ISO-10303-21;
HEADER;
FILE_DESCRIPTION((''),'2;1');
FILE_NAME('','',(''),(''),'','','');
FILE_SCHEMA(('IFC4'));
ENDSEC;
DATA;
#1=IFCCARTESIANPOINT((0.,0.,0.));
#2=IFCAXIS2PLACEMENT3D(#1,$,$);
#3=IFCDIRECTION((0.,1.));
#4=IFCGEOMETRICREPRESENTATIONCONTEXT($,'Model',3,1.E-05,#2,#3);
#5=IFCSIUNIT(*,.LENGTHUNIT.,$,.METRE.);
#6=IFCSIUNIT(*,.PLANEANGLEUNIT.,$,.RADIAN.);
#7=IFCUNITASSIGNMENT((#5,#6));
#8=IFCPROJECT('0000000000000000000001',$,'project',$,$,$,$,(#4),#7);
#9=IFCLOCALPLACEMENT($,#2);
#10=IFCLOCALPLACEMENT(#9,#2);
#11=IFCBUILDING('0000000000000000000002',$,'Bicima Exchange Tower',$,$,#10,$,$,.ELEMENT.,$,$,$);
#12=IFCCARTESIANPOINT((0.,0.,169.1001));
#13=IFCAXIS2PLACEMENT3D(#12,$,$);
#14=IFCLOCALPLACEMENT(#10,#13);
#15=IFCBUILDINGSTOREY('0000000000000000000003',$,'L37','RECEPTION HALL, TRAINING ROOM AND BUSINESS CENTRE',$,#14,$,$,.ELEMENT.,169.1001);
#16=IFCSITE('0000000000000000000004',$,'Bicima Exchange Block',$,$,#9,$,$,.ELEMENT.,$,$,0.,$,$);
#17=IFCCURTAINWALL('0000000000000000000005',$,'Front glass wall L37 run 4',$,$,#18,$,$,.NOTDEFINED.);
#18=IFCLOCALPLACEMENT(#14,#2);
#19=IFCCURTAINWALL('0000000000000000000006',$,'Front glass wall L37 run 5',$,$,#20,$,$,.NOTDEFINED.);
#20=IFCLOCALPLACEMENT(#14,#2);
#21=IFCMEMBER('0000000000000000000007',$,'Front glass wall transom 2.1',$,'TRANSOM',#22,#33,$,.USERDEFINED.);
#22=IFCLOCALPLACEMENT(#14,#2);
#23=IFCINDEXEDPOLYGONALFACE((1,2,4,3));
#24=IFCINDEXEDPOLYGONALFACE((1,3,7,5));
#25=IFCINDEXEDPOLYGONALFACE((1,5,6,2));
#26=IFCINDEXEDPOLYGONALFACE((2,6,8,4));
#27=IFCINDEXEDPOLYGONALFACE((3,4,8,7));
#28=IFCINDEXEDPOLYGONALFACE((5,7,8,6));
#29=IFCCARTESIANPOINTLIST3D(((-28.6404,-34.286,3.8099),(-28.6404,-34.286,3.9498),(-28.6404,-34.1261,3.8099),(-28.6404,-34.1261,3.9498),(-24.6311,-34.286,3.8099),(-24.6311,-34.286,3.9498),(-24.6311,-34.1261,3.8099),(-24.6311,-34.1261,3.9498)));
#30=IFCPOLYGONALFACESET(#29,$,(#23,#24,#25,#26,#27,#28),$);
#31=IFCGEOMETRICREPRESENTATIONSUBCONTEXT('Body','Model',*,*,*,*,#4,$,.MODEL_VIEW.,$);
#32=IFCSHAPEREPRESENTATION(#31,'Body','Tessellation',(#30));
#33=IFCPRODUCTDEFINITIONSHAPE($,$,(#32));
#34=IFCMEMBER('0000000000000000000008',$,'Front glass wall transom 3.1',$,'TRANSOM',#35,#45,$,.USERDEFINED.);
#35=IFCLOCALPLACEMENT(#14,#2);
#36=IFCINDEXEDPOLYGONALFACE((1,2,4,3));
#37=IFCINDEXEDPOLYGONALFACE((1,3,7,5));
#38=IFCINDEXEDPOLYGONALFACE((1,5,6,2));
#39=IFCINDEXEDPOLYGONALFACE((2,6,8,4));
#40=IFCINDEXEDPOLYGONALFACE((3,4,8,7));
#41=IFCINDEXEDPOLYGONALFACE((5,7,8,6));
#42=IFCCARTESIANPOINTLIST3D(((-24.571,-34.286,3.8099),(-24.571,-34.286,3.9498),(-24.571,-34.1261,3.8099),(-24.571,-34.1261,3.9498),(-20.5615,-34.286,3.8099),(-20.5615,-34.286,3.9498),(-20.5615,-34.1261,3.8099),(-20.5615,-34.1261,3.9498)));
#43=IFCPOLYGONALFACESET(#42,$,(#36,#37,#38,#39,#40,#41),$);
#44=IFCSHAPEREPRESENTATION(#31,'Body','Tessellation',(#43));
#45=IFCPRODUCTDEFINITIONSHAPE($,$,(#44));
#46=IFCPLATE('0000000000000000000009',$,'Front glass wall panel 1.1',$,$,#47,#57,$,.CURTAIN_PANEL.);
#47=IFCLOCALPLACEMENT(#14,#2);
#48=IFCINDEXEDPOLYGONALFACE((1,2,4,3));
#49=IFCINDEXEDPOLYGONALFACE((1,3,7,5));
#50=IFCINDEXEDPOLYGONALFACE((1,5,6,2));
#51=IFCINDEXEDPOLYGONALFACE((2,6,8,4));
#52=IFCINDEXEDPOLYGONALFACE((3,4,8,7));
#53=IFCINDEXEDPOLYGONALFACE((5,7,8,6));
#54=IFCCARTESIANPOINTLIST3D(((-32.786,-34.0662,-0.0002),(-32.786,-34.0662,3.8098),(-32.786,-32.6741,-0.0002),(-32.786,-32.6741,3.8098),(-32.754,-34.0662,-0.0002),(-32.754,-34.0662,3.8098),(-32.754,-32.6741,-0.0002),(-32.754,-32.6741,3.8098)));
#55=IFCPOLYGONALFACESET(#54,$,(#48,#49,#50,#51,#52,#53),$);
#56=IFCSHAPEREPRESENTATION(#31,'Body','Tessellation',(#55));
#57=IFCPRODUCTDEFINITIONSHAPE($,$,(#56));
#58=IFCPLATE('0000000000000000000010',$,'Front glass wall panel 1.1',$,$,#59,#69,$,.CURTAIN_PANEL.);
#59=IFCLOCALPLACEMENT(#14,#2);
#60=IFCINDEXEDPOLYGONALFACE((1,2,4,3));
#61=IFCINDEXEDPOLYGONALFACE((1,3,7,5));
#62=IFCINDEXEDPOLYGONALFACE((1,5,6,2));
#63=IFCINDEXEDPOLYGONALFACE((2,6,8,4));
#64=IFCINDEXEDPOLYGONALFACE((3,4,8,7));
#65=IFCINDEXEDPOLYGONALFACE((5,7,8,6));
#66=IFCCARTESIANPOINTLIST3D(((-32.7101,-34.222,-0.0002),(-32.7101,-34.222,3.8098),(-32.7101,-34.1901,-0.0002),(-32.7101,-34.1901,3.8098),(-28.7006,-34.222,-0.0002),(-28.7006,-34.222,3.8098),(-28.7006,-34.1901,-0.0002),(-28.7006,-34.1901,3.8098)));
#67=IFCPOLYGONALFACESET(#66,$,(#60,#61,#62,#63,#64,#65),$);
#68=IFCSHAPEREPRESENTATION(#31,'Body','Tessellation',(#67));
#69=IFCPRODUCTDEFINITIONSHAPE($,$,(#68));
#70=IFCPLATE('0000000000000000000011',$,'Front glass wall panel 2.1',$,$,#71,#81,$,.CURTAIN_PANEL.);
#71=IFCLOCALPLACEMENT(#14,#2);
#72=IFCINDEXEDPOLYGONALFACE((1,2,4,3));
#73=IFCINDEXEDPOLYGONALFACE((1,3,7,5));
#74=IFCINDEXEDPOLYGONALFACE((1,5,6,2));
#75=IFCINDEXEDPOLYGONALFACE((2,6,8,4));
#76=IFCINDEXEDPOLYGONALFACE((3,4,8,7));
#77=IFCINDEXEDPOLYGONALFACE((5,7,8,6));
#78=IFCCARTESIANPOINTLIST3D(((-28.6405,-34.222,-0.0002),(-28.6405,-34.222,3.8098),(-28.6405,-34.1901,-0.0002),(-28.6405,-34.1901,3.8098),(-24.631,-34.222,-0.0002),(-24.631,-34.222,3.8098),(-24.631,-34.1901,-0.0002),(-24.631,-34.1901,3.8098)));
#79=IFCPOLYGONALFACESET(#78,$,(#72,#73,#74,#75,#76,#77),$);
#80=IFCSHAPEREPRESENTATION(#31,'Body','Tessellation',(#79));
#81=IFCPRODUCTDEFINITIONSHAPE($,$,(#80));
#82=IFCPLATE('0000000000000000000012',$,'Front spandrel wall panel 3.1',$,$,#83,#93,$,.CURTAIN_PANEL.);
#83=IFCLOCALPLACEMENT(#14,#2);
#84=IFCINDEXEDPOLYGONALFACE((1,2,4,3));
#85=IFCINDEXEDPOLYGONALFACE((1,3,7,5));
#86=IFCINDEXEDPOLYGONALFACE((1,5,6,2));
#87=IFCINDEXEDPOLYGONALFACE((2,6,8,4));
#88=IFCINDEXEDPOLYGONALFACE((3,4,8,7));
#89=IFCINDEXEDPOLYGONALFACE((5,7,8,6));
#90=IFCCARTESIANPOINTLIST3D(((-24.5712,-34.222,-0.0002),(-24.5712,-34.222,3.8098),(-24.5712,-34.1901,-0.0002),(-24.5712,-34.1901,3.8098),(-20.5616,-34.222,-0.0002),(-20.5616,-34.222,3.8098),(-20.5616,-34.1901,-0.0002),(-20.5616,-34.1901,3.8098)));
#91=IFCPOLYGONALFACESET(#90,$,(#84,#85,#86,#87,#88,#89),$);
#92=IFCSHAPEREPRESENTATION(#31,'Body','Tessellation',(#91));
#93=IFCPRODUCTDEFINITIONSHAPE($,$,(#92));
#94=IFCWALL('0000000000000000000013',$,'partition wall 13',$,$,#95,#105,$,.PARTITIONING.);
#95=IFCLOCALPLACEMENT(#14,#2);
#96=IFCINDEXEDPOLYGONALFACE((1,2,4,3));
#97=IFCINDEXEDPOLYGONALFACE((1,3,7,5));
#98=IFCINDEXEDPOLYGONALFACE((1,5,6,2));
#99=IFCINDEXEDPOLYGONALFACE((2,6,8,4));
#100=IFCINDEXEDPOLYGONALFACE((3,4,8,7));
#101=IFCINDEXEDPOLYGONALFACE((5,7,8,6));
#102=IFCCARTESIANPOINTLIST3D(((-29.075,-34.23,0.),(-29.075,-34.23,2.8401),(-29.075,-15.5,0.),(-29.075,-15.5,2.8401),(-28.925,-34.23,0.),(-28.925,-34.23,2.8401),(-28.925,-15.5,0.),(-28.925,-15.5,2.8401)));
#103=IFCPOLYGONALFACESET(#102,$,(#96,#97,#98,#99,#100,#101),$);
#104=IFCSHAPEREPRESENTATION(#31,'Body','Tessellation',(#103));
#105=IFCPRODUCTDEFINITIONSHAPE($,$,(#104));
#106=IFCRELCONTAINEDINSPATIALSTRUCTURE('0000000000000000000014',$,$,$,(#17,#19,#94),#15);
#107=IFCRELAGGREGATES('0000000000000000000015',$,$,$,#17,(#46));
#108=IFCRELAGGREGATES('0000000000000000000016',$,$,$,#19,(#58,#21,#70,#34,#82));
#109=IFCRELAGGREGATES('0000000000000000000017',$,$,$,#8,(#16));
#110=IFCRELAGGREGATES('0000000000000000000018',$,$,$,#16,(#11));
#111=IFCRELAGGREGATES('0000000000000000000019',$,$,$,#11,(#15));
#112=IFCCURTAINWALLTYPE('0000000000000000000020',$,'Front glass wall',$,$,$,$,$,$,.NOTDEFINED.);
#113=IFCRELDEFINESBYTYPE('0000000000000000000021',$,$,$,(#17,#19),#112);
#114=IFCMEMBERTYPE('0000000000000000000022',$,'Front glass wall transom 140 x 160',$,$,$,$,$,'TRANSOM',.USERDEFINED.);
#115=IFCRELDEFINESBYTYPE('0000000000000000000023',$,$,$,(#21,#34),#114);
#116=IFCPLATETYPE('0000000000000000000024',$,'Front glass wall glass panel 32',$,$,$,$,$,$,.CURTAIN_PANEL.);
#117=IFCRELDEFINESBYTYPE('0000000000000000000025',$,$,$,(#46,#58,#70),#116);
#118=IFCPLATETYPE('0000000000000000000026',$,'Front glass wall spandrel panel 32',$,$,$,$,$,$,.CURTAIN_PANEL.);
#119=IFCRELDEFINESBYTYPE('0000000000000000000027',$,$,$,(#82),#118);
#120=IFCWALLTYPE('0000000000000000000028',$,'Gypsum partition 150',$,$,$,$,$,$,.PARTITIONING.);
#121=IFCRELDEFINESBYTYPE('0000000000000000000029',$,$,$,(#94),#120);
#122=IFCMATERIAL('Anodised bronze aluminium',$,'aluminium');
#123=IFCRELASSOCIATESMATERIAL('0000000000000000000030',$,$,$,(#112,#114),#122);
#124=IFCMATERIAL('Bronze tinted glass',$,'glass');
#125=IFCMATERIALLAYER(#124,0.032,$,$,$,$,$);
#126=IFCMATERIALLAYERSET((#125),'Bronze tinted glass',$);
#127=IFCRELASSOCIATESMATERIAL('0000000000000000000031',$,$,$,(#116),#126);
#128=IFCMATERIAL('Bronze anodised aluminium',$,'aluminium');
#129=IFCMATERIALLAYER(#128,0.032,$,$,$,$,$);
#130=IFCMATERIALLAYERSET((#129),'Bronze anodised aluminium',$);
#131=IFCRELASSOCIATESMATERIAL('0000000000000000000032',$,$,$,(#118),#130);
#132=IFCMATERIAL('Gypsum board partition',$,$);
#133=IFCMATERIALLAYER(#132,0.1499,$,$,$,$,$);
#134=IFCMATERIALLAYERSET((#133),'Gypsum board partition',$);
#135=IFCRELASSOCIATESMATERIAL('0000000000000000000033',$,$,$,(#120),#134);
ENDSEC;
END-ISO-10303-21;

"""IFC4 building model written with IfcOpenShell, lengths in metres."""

from ifc_helpers import new_model, si_unit, direction, frame, frame_2d, origin, origin_2d, place, context, subcontext, project, spatial, rectangle, extrude, material, layer, layer_set, material_profile, profile_set, type_object, element, aggregate, save


model = new_model("IFC4")

# Units and contexts
model_context = context("Model", 3, precision=1e-05, world=origin(), true_north=direction((0.0, 1.0)))
body_context = subcontext(model_context, "Body", "Model", "MODEL_VIEW")
ifc_project = project(units=[si_unit("LENGTHUNIT", "METRE"), si_unit("PLANEANGLEUNIT", "RADIAN")], contexts=[model_context])

# Site, building, storey
site_placement = place(None, origin())
site = spatial("IfcSite", under=ifc_project, at=site_placement, Name="Bicima Exchange Block", CompositionType="ELEMENT", RefElevation=0.0)
building_placement = place(site_placement, origin())
building = spatial("IfcBuilding", under=site, at=building_placement, Name="Bicima Exchange Tower", CompositionType="ELEMENT")
storey_placement = place(building_placement, frame((0.0, 0.0, 169.1001)))
storey = spatial("IfcBuildingStorey", under=building, at=storey_placement, Name="L37", Description="RECEPTION HALL, TRAINING ROOM AND BUSINESS CENTRE", CompositionType="ELEMENT", Elevation=169.1001)

# Curtain walls
ifc_material_1 = material(Name="Anodised bronze aluminium", Category="aluminium")
curtain_wall_type = type_object("IfcCurtainWallType", Name="Front glass wall", PredefinedType="NOTDEFINED", material=ifc_material_1)
curtain_wall_1_placement = place(storey_placement, origin())
curtain_wall_1 = element("IfcCurtainWall", 1, at=curtain_wall_1_placement, inside=storey, type_object=curtain_wall_type, Name="Front glass wall L37 run 4", PredefinedType="NOTDEFINED")
curtain_wall_2_placement = place(storey_placement, origin())
curtain_wall_2 = element("IfcCurtainWall", 2, at=curtain_wall_2_placement, inside=storey, type_object=curtain_wall_type, Name="Front glass wall L37 run 5", PredefinedType="NOTDEFINED")

# Members
ifc_material_profile_1 = material_profile(ifc_material_1, rectangle(XDim=0.1599, YDim=0.1399, at=origin_2d()))
ifc_profile_set_1 = profile_set([ifc_material_profile_1], Name="Anodised bronze aluminium")
member_type_1 = type_object("IfcMemberType", Name="Front glass wall transom 140 x 160", ElementType="TRANSOM", PredefinedType="USERDEFINED", material=ifc_profile_set_1)
member_1_placement = place(storey_placement, frame((-28.6404, -34.2061, 3.8799), z_axis=(1.0, 0.0, 0.0), x_axis=(0.0, 1.0, 0.0)))
member_1 = element("IfcMember", 3, at=member_1_placement, type_object=member_type_1, Name="Front glass wall transom 2.1", ObjectType="TRANSOM", PredefinedType="USERDEFINED", context=body_context, shape_type="SweptSolid", body=[
    extrude(rectangle(XDim=0.1599, YDim=0.1399, at=origin_2d()), origin(), (0.0, 0.0, 1.0), 4.0093),
])
member_2_placement = place(storey_placement, frame((-24.571, -34.2061, 3.8799), z_axis=(1.0, 0.0, 0.0), x_axis=(0.0, 1.0, 0.0)))
member_2 = element("IfcMember", 4, at=member_2_placement, type_object=member_type_1, Name="Front glass wall transom 3.1", ObjectType="TRANSOM", PredefinedType="USERDEFINED", context=body_context, shape_type="SweptSolid", body=[
    extrude(rectangle(XDim=0.1599, YDim=0.1399, at=origin_2d()), origin(), (0.0, 0.0, 1.0), 4.0095),
])

# Plates
ifc_material_2 = material(Name="Bronze tinted glass", Category="glass")
ifc_layer_1 = layer(ifc_material_2, 0.032)
ifc_layer_set_1 = layer_set([ifc_layer_1], Name="Bronze tinted glass")
plate_type_1 = type_object("IfcPlateType", Name="Front glass wall glass panel 32", PredefinedType="CURTAIN_PANEL", material=ifc_layer_set_1)
plate_1_placement = place(storey_placement, frame((-32.77, -33.3701, -0.0002), z_axis=(0.0, 0.0, 1.0), x_axis=(0.0, -1.0, 0.0)))
plate_1 = element("IfcPlate", 5, at=plate_1_placement, type_object=plate_type_1, Name="Front glass wall panel 1.1", PredefinedType="CURTAIN_PANEL", context=body_context, shape_type="SweptSolid", body=[
    extrude(rectangle(XDim=1.3921, YDim=0.032, at=origin_2d()), origin(), (0.0, 0.0, 1.0), 3.8101),
])
aggregate(curtain_wall_1, [plate_1])
plate_2_placement = place(storey_placement, frame((-30.7053, -34.2061, -0.0002), z_axis=(0.0, 0.0, 1.0), x_axis=(1.0, 0.0, 0.0)))
plate_2 = element("IfcPlate", 6, at=plate_2_placement, type_object=plate_type_1, Name="Front glass wall panel 1.1", PredefinedType="CURTAIN_PANEL", context=body_context, shape_type="SweptSolid", body=[
    extrude(rectangle(XDim=4.0095, YDim=0.032, at=origin_2d()), origin(), (0.0, 0.0, 1.0), 3.8101),
])
plate_3_placement = place(storey_placement, frame((-26.6357, -34.2061, -0.0002), z_axis=(0.0, 0.0, 1.0), x_axis=(1.0, 0.0, 0.0)))
plate_3 = element("IfcPlate", 7, at=plate_3_placement, type_object=plate_type_1, Name="Front glass wall panel 2.1", PredefinedType="CURTAIN_PANEL", context=body_context, shape_type="SweptSolid", body=[
    extrude(rectangle(XDim=4.0095, YDim=0.032, at=origin_2d()), origin(), (0.0, 0.0, 1.0), 3.8101),
])
ifc_material_3 = material(Name="Bronze anodised aluminium", Category="aluminium")
ifc_layer_2 = layer(ifc_material_3, 0.032)
ifc_layer_set_2 = layer_set([ifc_layer_2], Name="Bronze anodised aluminium")
plate_type_2 = type_object("IfcPlateType", Name="Front glass wall spandrel panel 32", PredefinedType="CURTAIN_PANEL", material=ifc_layer_set_2)
plate_4_placement = place(storey_placement, frame((-22.5664, -34.2061, -0.0002), z_axis=(0.0, 0.0, 1.0), x_axis=(1.0, 0.0, 0.0)))
plate_4 = element("IfcPlate", 8, at=plate_4_placement, type_object=plate_type_2, Name="Front spandrel wall panel 3.1", PredefinedType="CURTAIN_PANEL", context=body_context, shape_type="SweptSolid", body=[
    extrude(rectangle(XDim=4.0095, YDim=0.032, at=origin_2d()), origin(), (0.0, 0.0, 1.0), 3.8101),
])
aggregate(curtain_wall_2, [plate_2, member_1, plate_3, member_2, plate_4])

# Wall
ifc_material_4 = material(Name="Gypsum board partition")
ifc_layer_3 = layer(ifc_material_4, 0.1499)
ifc_layer_set_3 = layer_set([ifc_layer_3], Name="Gypsum board partition")
wall_type = type_object("IfcWallType", Name="Gypsum partition 150", PredefinedType="PARTITIONING", material=ifc_layer_set_3)
wall_placement = place(storey_placement, frame((-29.0, -34.23, 0.0), z_axis=(0.0, 0.0, 1.0), x_axis=(0.0, 1.0, 0.0)))
element("IfcWall", 9, at=wall_placement, inside=storey, type_object=wall_type, Name="partition wall 13", PredefinedType="PARTITIONING", context=body_context, shape_type="SweptSolid", body=[
    extrude(rectangle(XDim=18.73, YDim=0.1499, at=frame_2d((9.365, 0.0))), origin(), (0.0, 0.0, 1.0), 2.8401),
])

save(model, "model.ifc")
